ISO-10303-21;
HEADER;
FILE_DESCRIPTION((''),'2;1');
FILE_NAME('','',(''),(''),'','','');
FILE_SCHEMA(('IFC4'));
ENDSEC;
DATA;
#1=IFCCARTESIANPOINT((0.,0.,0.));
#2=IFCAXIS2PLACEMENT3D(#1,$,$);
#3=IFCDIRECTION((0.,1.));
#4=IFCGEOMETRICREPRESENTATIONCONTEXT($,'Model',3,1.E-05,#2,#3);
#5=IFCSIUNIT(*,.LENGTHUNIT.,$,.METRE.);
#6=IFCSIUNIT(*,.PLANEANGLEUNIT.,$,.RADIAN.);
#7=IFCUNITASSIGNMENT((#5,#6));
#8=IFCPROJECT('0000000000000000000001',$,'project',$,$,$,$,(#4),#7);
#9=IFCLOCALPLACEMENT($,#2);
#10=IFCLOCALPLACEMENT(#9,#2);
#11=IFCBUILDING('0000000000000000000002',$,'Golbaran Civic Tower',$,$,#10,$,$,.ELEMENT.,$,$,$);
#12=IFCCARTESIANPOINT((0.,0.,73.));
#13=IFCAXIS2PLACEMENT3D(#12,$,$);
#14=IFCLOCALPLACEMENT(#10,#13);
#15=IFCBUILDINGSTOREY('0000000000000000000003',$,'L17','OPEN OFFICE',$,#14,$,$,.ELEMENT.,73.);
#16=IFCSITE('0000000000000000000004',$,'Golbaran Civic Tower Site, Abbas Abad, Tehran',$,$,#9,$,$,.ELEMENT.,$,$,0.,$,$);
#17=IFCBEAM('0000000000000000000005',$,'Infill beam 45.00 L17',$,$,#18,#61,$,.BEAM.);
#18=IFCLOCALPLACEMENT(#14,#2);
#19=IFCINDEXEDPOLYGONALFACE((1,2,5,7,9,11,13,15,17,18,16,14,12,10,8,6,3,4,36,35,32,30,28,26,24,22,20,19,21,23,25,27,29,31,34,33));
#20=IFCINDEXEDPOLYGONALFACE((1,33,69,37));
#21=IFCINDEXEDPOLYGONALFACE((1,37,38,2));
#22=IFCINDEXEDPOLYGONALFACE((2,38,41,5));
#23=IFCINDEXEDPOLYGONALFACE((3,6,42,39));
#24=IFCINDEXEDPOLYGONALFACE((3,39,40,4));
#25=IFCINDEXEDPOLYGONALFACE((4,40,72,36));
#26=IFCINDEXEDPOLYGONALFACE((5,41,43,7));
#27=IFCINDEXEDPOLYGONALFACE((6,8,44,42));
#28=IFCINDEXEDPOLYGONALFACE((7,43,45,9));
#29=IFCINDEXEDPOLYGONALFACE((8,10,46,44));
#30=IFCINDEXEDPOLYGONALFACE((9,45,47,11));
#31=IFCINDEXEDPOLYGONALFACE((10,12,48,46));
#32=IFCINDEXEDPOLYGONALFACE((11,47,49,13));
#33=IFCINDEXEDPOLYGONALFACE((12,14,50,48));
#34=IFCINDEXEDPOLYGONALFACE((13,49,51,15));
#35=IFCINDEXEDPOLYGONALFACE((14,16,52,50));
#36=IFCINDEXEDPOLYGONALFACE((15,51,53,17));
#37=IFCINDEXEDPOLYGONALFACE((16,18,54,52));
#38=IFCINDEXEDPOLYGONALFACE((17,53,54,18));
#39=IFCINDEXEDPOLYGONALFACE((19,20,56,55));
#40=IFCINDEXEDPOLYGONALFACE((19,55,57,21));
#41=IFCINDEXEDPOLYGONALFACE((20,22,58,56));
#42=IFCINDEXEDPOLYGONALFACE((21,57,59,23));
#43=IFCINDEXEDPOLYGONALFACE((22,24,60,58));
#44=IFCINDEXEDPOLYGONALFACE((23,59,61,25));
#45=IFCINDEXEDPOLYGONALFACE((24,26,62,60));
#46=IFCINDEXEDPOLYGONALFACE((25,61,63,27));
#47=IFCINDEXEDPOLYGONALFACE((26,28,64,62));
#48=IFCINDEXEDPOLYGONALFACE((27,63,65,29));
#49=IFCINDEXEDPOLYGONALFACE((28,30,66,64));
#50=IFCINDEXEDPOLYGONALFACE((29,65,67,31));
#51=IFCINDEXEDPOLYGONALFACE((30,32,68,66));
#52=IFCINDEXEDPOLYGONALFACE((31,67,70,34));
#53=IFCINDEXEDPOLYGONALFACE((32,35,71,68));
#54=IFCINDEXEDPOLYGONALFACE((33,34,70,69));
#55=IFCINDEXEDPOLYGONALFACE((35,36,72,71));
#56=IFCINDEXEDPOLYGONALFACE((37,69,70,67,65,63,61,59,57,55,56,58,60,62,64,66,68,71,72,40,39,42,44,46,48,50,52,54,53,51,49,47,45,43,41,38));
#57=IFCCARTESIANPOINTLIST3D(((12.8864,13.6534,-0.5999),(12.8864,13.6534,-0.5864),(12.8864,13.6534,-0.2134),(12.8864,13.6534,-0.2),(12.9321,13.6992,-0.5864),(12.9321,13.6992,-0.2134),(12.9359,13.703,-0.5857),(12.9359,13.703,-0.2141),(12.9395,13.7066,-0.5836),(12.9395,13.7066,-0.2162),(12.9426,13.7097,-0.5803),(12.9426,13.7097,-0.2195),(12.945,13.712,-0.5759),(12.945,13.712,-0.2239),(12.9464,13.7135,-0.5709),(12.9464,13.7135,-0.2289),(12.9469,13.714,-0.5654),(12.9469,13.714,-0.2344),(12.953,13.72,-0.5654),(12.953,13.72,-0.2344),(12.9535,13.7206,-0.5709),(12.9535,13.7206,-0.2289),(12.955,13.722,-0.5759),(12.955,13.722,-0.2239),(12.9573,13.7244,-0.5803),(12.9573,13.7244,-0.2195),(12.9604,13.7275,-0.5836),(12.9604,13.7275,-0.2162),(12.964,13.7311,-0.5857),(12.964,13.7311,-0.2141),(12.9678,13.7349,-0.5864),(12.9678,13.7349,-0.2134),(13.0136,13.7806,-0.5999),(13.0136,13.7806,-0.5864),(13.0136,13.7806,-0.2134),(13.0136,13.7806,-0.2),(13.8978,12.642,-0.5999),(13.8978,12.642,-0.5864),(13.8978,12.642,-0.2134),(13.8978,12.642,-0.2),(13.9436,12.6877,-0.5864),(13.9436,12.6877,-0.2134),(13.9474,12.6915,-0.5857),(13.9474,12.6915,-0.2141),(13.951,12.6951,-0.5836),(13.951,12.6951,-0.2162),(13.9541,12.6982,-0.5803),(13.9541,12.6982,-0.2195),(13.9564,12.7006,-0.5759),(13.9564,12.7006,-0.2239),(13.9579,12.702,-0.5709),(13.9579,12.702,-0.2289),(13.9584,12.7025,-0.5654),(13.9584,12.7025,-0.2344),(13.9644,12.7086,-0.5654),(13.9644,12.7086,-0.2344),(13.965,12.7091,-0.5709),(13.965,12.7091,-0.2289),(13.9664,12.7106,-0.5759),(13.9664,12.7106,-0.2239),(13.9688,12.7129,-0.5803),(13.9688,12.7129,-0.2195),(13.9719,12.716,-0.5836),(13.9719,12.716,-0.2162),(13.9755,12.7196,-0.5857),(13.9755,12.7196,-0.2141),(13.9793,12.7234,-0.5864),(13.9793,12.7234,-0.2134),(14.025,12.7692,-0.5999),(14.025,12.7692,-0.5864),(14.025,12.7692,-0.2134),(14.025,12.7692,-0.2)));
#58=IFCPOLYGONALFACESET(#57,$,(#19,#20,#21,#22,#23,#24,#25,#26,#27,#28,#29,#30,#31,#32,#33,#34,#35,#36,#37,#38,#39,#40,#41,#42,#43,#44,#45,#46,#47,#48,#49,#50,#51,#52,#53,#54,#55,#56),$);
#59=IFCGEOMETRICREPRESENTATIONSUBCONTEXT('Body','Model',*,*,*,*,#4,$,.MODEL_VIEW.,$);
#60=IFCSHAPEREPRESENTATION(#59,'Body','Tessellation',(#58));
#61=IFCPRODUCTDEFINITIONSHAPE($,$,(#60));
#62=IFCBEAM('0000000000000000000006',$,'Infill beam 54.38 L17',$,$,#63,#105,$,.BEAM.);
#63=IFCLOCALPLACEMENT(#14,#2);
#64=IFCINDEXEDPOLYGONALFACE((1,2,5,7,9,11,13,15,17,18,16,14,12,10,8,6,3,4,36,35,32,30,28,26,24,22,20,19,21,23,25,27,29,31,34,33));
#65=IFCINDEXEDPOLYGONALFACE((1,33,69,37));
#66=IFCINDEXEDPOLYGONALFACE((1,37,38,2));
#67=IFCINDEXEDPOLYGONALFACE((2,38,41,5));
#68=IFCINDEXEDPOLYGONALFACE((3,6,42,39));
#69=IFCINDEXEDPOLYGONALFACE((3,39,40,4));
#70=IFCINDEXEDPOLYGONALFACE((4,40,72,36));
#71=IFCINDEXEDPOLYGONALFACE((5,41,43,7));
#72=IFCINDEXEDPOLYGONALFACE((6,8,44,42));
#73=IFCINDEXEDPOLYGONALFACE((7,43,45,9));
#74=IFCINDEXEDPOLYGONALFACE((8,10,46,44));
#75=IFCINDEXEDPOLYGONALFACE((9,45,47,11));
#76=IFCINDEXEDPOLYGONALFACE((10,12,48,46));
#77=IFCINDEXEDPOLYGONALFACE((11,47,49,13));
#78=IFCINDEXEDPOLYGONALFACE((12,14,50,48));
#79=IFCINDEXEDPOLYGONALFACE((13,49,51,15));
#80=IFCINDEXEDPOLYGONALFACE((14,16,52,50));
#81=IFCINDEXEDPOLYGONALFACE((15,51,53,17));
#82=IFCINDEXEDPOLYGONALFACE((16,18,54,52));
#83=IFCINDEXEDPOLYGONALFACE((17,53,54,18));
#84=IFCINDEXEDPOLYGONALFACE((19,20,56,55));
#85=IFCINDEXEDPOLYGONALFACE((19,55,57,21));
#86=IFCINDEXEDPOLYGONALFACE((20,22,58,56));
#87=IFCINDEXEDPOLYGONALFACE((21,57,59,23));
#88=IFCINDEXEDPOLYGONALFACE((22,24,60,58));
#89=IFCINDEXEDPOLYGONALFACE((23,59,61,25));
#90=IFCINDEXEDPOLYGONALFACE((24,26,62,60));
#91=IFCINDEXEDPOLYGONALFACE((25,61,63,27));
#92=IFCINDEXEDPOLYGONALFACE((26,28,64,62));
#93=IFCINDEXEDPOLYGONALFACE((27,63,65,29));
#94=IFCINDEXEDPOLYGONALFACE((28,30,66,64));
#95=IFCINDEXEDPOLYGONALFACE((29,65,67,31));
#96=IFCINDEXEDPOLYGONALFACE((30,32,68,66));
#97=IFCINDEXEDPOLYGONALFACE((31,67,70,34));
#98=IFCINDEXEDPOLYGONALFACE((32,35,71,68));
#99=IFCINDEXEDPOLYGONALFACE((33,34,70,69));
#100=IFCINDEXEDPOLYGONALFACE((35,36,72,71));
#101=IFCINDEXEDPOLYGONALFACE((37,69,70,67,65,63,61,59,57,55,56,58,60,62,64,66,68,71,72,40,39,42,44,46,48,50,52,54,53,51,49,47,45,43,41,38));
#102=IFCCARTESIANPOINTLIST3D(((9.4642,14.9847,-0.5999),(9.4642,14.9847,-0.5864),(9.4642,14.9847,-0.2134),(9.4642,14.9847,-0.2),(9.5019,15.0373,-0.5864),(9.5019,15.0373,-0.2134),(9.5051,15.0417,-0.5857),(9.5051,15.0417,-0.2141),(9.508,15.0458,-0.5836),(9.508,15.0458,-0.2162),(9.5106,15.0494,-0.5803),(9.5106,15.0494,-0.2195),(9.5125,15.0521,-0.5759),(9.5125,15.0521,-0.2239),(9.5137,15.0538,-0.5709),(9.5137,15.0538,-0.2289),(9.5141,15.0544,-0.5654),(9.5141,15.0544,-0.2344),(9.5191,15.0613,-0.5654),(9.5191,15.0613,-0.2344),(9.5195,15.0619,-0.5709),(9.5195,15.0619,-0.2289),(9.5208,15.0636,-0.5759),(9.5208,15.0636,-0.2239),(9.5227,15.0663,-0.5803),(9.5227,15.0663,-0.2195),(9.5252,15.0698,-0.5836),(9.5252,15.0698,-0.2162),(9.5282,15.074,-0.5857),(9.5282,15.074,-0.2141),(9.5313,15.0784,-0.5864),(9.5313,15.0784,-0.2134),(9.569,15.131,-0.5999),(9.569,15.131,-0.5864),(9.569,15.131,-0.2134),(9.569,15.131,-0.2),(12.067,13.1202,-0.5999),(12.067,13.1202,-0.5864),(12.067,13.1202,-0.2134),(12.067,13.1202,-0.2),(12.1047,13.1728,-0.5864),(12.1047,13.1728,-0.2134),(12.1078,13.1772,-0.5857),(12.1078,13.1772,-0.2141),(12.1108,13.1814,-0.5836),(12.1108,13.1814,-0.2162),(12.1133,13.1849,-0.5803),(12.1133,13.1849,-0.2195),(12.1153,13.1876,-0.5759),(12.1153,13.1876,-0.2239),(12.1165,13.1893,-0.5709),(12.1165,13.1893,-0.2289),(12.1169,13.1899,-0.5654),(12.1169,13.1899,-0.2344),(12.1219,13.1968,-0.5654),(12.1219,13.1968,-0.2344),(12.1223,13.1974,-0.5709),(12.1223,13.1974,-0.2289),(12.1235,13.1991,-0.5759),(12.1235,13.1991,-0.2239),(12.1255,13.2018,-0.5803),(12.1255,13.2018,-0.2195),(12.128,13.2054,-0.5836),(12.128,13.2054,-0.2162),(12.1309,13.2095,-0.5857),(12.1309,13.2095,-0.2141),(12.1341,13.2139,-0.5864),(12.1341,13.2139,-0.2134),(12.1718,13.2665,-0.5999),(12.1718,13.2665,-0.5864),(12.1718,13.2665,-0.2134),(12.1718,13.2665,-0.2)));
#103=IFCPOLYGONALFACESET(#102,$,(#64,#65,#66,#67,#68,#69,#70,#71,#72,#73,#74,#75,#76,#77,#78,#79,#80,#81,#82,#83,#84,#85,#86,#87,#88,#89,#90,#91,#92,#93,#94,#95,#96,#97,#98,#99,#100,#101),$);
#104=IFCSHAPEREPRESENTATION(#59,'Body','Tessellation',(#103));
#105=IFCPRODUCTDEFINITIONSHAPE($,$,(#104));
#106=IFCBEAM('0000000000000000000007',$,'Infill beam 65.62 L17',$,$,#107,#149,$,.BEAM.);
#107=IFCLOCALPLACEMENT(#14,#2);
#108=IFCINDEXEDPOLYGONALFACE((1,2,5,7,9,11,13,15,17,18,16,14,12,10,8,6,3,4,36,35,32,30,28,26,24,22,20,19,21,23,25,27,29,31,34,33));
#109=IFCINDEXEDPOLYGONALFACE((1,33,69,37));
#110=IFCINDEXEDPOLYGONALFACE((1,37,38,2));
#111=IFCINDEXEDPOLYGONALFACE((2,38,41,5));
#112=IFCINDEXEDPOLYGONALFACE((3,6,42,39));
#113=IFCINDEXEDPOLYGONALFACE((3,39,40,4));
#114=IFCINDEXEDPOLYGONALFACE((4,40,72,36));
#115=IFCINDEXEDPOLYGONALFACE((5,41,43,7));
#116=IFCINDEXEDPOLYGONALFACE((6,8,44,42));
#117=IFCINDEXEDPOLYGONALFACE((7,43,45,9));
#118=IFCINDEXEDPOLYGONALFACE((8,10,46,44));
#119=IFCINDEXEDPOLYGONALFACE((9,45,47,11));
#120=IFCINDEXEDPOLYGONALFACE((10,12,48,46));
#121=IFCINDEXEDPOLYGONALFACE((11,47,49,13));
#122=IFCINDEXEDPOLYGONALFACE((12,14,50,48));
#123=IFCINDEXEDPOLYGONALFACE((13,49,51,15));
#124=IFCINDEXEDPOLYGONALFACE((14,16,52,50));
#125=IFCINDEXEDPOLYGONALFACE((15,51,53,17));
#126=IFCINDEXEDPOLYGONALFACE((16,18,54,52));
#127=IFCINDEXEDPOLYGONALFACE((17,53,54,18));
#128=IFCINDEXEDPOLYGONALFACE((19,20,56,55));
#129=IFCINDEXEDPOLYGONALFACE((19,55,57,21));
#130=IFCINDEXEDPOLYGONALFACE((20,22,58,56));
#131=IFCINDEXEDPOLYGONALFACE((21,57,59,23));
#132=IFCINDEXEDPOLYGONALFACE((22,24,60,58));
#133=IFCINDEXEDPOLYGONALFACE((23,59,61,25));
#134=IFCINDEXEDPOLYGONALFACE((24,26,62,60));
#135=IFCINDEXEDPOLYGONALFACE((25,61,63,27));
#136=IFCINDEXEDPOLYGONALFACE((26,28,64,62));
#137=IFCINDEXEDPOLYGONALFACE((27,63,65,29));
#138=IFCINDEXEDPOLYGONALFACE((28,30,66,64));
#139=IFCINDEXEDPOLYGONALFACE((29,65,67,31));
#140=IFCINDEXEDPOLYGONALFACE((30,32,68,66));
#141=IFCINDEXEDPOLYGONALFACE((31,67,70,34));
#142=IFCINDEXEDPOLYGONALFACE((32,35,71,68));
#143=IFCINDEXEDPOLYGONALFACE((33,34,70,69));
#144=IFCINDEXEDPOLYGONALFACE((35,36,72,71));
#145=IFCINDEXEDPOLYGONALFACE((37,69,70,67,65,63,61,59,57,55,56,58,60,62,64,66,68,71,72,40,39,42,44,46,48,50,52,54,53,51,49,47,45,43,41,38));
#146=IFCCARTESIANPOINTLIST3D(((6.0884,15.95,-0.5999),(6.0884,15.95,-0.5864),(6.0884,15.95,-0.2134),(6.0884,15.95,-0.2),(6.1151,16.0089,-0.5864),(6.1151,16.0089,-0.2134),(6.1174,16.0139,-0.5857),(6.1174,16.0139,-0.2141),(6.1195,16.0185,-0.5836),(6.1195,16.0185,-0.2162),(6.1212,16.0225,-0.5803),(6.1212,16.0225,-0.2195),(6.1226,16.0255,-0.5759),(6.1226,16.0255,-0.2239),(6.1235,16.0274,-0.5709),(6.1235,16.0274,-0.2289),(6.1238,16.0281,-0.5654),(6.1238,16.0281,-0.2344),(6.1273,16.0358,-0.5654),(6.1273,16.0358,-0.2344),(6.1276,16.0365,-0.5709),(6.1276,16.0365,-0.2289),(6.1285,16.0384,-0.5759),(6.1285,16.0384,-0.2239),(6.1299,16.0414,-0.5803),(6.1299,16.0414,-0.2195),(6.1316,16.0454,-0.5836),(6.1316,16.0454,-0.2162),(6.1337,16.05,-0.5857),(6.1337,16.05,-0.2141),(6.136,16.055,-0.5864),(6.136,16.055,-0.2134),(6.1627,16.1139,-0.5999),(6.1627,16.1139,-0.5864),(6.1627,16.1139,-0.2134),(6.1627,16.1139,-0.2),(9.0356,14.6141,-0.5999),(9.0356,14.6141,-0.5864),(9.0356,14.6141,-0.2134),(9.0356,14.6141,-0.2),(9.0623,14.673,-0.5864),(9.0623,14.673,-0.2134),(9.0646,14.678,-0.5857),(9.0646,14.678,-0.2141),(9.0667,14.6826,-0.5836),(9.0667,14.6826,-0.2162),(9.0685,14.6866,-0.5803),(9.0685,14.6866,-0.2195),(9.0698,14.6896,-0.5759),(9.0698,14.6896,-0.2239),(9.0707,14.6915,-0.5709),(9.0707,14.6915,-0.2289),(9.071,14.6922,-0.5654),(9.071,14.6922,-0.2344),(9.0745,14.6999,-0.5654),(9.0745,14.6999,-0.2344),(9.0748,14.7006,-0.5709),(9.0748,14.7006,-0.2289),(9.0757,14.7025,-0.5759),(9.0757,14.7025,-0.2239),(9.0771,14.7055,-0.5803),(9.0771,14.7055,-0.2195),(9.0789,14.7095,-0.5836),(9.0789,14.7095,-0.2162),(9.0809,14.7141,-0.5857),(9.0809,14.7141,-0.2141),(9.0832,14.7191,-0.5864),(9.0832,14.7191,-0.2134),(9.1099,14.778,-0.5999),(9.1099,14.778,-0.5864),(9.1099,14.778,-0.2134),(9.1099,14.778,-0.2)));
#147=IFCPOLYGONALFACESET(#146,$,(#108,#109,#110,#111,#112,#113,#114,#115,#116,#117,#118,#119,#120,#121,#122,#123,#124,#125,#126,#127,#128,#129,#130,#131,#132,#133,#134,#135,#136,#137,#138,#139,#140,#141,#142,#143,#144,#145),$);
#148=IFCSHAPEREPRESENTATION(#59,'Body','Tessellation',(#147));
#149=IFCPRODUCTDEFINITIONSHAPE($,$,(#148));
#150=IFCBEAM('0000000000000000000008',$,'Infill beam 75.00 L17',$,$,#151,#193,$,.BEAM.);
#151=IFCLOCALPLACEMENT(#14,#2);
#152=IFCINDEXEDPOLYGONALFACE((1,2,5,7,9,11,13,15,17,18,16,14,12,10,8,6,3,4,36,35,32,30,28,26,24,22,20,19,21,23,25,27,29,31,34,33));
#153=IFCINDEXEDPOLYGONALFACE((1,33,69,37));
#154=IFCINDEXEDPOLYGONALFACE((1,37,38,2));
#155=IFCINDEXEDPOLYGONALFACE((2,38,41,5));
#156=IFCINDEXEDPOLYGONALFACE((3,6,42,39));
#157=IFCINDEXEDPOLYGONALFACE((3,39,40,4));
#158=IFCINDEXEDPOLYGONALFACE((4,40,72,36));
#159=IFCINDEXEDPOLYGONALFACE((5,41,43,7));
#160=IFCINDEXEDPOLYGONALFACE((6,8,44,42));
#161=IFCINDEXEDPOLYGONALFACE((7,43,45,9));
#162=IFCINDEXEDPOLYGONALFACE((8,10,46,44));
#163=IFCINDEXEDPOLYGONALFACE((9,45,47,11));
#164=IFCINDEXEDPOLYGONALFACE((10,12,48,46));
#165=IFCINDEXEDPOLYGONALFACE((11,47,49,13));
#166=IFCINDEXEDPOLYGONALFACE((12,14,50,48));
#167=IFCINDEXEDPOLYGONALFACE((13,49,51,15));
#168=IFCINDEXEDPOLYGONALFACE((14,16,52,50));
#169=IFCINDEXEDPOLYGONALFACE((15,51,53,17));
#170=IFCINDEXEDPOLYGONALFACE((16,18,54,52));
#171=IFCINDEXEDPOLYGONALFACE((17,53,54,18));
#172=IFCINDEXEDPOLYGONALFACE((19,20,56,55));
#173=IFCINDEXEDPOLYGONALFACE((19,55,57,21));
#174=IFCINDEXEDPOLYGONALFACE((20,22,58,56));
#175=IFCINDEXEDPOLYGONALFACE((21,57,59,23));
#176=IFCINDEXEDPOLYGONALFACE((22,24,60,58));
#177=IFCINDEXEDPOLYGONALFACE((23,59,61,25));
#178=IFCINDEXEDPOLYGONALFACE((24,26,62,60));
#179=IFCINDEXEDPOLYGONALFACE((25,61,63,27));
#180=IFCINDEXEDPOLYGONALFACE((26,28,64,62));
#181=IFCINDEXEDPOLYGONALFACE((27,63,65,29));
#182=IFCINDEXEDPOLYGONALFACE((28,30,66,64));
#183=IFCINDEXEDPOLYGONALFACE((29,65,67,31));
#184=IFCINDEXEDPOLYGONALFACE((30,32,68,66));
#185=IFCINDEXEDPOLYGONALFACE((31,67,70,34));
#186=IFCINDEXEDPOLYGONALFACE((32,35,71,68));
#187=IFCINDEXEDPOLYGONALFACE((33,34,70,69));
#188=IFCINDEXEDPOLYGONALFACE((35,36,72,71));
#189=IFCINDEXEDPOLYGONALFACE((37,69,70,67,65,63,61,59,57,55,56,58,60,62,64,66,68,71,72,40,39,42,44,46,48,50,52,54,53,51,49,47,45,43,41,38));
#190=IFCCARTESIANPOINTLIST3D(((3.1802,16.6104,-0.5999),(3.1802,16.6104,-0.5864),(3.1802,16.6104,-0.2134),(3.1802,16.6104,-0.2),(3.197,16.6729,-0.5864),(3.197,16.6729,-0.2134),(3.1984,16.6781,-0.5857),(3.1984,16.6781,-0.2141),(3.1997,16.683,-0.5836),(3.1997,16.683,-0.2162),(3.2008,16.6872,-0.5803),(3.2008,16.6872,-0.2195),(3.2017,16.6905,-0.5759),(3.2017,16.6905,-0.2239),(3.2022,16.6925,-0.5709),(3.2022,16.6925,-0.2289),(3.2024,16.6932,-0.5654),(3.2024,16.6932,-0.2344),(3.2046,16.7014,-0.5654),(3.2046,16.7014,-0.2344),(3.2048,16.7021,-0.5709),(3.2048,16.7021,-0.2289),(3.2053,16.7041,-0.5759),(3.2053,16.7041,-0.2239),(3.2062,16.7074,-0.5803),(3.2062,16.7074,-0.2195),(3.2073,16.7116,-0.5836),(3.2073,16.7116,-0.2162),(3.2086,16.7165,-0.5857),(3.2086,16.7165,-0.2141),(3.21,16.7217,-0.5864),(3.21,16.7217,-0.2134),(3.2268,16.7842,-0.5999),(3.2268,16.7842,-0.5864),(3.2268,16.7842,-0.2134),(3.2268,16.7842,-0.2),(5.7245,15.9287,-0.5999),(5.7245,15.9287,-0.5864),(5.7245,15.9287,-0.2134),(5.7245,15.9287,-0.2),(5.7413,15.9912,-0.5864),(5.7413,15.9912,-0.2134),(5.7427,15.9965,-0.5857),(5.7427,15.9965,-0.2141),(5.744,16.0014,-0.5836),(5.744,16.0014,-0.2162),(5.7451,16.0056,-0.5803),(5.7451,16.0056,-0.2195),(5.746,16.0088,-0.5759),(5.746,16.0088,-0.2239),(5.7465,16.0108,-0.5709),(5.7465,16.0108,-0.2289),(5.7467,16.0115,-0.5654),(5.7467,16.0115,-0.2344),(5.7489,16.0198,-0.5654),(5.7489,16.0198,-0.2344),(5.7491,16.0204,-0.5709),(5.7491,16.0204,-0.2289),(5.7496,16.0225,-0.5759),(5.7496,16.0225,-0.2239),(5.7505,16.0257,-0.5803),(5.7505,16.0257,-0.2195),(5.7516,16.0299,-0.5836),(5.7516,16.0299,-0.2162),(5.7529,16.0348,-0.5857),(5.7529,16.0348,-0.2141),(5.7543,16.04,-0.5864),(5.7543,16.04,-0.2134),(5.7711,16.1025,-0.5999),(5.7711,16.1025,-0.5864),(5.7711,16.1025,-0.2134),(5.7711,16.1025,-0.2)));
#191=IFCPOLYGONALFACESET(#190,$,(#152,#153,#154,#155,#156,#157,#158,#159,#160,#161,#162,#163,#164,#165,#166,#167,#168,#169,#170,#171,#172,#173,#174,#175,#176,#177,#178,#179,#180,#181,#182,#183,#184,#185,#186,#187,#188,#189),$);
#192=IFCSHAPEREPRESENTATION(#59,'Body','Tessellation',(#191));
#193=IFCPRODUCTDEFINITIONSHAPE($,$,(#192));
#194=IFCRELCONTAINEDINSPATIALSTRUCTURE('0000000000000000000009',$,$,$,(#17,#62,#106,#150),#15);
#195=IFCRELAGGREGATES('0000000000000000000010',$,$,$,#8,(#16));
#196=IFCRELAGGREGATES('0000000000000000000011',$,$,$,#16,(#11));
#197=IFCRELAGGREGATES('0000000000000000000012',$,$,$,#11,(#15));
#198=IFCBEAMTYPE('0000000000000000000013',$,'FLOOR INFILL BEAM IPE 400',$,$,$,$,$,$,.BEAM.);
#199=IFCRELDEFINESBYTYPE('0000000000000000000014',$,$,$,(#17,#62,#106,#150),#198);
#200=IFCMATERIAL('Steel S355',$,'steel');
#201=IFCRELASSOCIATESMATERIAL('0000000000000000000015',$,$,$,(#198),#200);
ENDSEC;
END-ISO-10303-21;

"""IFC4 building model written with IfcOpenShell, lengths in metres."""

from ifc_helpers import new_model, si_unit, direction, frame, origin, origin_2d, place, context, subcontext, project, spatial, i_section, extrude, material, material_profile, profile_set, type_object, element, save


model = new_model("IFC4")

# Units and contexts
model_context = context("Model", 3, precision=1e-05, world=origin(), true_north=direction((0.0, 1.0)))
body_context = subcontext(model_context, "Body", "Model", "MODEL_VIEW")
ifc_project = project(units=[si_unit("LENGTHUNIT", "METRE"), si_unit("PLANEANGLEUNIT", "RADIAN")], contexts=[model_context])

# Site, building, storey
site_placement = place(None, origin())
site = spatial("IfcSite", under=ifc_project, at=site_placement, Name="Golbaran Civic Tower Site, Abbas Abad, Tehran", CompositionType="ELEMENT", RefElevation=0.0)
building_placement = place(site_placement, origin())
building = spatial("IfcBuilding", under=site, at=building_placement, Name="Golbaran Civic Tower", CompositionType="ELEMENT")
storey_placement = place(building_placement, frame((0.0, 0.0, 73.0)))
storey = spatial("IfcBuildingStorey", under=building, at=storey_placement, Name="L17", Description="OPEN OFFICE", CompositionType="ELEMENT", Elevation=73.0)

# Beams
ifc_material_1 = material(Name="Steel S355", Category="steel")
ifc_material_profile_1 = material_profile(ifc_material_1, i_section(OverallWidth=0.1799, OverallDepth=0.3999, WebThickness=0.0085, FlangeThickness=0.0134, FilletRadius=0.021, at=origin_2d()), Name="IPE 400")
ifc_profile_set_1 = profile_set([ifc_material_profile_1], Name="Steel S355")
beam_type_1 = type_object("IfcBeamType", Name="FLOOR INFILL BEAM IPE 400", PredefinedType="BEAM", material=ifc_profile_set_1)
beam_1_placement = place(storey_placement, frame((13.9614, 12.7056, -0.3999), z_axis=(-0.707107, 0.707107, 0.0), x_axis=(-0.707107, -0.707107, 0.0)))
element("IfcBeam", 1, at=beam_1_placement, inside=storey, type_object=beam_type_1, Name="Infill beam 45.00 L17", PredefinedType="BEAM", context=body_context, shape_type="SweptSolid", body=[
    extrude(i_section(OverallWidth=0.1799, OverallDepth=0.3999, WebThickness=0.0085, FlangeThickness=0.0134, FilletRadius=0.021, at=origin_2d()), origin(), (0.0, 0.0, 1.0), 1.4304),
])
beam_2_placement = place(storey_placement, frame((12.1194, 13.1934, -0.3999), z_axis=(-0.812939, 0.582348, 0.0), x_axis=(-0.582348, -0.812939, 0.0)))
element("IfcBeam", 2, at=beam_2_placement, inside=storey, type_object=beam_type_1, Name="Infill beam 54.38 L17", PredefinedType="BEAM", context=body_context, shape_type="SweptSolid", body=[
    extrude(i_section(OverallWidth=0.1799, OverallDepth=0.3999, WebThickness=0.0085, FlangeThickness=0.0134, FilletRadius=0.021, at=origin_2d()), origin(), (0.0, 0.0, 1.0), 3.2017),
])
beam_3_placement = place(storey_placement, frame((9.0728, 14.696, -0.3999), z_axis=(-0.9108, 0.412848, 0.0), x_axis=(-0.412848, -0.9108, 0.0)))
element("IfcBeam", 3, at=beam_3_placement, inside=storey, type_object=beam_type_1, Name="Infill beam 65.62 L17", PredefinedType="BEAM", context=body_context, shape_type="SweptSolid", body=[
    extrude(i_section(OverallWidth=0.1799, OverallDepth=0.3999, WebThickness=0.0085, FlangeThickness=0.0134, FilletRadius=0.021, at=origin_2d()), origin(), (0.0, 0.0, 1.0), 3.2358),
])
beam_4_placement = place(storey_placement, frame((5.7478, 16.0156, -0.3999), z_axis=(-0.965933, 0.258793, 0.0), x_axis=(-0.258793, -0.965933, 0.0)))
element("IfcBeam", 4, at=beam_4_placement, inside=storey, type_object=beam_type_1, Name="Infill beam 75.00 L17", PredefinedType="BEAM", context=body_context, shape_type="SweptSolid", body=[
    extrude(i_section(OverallWidth=0.1799, OverallDepth=0.3999, WebThickness=0.0085, FlangeThickness=0.0134, FilletRadius=0.021, at=origin_2d()), origin(), (0.0, 0.0, 1.0), 2.634),
])

save(model, "model.ifc")
